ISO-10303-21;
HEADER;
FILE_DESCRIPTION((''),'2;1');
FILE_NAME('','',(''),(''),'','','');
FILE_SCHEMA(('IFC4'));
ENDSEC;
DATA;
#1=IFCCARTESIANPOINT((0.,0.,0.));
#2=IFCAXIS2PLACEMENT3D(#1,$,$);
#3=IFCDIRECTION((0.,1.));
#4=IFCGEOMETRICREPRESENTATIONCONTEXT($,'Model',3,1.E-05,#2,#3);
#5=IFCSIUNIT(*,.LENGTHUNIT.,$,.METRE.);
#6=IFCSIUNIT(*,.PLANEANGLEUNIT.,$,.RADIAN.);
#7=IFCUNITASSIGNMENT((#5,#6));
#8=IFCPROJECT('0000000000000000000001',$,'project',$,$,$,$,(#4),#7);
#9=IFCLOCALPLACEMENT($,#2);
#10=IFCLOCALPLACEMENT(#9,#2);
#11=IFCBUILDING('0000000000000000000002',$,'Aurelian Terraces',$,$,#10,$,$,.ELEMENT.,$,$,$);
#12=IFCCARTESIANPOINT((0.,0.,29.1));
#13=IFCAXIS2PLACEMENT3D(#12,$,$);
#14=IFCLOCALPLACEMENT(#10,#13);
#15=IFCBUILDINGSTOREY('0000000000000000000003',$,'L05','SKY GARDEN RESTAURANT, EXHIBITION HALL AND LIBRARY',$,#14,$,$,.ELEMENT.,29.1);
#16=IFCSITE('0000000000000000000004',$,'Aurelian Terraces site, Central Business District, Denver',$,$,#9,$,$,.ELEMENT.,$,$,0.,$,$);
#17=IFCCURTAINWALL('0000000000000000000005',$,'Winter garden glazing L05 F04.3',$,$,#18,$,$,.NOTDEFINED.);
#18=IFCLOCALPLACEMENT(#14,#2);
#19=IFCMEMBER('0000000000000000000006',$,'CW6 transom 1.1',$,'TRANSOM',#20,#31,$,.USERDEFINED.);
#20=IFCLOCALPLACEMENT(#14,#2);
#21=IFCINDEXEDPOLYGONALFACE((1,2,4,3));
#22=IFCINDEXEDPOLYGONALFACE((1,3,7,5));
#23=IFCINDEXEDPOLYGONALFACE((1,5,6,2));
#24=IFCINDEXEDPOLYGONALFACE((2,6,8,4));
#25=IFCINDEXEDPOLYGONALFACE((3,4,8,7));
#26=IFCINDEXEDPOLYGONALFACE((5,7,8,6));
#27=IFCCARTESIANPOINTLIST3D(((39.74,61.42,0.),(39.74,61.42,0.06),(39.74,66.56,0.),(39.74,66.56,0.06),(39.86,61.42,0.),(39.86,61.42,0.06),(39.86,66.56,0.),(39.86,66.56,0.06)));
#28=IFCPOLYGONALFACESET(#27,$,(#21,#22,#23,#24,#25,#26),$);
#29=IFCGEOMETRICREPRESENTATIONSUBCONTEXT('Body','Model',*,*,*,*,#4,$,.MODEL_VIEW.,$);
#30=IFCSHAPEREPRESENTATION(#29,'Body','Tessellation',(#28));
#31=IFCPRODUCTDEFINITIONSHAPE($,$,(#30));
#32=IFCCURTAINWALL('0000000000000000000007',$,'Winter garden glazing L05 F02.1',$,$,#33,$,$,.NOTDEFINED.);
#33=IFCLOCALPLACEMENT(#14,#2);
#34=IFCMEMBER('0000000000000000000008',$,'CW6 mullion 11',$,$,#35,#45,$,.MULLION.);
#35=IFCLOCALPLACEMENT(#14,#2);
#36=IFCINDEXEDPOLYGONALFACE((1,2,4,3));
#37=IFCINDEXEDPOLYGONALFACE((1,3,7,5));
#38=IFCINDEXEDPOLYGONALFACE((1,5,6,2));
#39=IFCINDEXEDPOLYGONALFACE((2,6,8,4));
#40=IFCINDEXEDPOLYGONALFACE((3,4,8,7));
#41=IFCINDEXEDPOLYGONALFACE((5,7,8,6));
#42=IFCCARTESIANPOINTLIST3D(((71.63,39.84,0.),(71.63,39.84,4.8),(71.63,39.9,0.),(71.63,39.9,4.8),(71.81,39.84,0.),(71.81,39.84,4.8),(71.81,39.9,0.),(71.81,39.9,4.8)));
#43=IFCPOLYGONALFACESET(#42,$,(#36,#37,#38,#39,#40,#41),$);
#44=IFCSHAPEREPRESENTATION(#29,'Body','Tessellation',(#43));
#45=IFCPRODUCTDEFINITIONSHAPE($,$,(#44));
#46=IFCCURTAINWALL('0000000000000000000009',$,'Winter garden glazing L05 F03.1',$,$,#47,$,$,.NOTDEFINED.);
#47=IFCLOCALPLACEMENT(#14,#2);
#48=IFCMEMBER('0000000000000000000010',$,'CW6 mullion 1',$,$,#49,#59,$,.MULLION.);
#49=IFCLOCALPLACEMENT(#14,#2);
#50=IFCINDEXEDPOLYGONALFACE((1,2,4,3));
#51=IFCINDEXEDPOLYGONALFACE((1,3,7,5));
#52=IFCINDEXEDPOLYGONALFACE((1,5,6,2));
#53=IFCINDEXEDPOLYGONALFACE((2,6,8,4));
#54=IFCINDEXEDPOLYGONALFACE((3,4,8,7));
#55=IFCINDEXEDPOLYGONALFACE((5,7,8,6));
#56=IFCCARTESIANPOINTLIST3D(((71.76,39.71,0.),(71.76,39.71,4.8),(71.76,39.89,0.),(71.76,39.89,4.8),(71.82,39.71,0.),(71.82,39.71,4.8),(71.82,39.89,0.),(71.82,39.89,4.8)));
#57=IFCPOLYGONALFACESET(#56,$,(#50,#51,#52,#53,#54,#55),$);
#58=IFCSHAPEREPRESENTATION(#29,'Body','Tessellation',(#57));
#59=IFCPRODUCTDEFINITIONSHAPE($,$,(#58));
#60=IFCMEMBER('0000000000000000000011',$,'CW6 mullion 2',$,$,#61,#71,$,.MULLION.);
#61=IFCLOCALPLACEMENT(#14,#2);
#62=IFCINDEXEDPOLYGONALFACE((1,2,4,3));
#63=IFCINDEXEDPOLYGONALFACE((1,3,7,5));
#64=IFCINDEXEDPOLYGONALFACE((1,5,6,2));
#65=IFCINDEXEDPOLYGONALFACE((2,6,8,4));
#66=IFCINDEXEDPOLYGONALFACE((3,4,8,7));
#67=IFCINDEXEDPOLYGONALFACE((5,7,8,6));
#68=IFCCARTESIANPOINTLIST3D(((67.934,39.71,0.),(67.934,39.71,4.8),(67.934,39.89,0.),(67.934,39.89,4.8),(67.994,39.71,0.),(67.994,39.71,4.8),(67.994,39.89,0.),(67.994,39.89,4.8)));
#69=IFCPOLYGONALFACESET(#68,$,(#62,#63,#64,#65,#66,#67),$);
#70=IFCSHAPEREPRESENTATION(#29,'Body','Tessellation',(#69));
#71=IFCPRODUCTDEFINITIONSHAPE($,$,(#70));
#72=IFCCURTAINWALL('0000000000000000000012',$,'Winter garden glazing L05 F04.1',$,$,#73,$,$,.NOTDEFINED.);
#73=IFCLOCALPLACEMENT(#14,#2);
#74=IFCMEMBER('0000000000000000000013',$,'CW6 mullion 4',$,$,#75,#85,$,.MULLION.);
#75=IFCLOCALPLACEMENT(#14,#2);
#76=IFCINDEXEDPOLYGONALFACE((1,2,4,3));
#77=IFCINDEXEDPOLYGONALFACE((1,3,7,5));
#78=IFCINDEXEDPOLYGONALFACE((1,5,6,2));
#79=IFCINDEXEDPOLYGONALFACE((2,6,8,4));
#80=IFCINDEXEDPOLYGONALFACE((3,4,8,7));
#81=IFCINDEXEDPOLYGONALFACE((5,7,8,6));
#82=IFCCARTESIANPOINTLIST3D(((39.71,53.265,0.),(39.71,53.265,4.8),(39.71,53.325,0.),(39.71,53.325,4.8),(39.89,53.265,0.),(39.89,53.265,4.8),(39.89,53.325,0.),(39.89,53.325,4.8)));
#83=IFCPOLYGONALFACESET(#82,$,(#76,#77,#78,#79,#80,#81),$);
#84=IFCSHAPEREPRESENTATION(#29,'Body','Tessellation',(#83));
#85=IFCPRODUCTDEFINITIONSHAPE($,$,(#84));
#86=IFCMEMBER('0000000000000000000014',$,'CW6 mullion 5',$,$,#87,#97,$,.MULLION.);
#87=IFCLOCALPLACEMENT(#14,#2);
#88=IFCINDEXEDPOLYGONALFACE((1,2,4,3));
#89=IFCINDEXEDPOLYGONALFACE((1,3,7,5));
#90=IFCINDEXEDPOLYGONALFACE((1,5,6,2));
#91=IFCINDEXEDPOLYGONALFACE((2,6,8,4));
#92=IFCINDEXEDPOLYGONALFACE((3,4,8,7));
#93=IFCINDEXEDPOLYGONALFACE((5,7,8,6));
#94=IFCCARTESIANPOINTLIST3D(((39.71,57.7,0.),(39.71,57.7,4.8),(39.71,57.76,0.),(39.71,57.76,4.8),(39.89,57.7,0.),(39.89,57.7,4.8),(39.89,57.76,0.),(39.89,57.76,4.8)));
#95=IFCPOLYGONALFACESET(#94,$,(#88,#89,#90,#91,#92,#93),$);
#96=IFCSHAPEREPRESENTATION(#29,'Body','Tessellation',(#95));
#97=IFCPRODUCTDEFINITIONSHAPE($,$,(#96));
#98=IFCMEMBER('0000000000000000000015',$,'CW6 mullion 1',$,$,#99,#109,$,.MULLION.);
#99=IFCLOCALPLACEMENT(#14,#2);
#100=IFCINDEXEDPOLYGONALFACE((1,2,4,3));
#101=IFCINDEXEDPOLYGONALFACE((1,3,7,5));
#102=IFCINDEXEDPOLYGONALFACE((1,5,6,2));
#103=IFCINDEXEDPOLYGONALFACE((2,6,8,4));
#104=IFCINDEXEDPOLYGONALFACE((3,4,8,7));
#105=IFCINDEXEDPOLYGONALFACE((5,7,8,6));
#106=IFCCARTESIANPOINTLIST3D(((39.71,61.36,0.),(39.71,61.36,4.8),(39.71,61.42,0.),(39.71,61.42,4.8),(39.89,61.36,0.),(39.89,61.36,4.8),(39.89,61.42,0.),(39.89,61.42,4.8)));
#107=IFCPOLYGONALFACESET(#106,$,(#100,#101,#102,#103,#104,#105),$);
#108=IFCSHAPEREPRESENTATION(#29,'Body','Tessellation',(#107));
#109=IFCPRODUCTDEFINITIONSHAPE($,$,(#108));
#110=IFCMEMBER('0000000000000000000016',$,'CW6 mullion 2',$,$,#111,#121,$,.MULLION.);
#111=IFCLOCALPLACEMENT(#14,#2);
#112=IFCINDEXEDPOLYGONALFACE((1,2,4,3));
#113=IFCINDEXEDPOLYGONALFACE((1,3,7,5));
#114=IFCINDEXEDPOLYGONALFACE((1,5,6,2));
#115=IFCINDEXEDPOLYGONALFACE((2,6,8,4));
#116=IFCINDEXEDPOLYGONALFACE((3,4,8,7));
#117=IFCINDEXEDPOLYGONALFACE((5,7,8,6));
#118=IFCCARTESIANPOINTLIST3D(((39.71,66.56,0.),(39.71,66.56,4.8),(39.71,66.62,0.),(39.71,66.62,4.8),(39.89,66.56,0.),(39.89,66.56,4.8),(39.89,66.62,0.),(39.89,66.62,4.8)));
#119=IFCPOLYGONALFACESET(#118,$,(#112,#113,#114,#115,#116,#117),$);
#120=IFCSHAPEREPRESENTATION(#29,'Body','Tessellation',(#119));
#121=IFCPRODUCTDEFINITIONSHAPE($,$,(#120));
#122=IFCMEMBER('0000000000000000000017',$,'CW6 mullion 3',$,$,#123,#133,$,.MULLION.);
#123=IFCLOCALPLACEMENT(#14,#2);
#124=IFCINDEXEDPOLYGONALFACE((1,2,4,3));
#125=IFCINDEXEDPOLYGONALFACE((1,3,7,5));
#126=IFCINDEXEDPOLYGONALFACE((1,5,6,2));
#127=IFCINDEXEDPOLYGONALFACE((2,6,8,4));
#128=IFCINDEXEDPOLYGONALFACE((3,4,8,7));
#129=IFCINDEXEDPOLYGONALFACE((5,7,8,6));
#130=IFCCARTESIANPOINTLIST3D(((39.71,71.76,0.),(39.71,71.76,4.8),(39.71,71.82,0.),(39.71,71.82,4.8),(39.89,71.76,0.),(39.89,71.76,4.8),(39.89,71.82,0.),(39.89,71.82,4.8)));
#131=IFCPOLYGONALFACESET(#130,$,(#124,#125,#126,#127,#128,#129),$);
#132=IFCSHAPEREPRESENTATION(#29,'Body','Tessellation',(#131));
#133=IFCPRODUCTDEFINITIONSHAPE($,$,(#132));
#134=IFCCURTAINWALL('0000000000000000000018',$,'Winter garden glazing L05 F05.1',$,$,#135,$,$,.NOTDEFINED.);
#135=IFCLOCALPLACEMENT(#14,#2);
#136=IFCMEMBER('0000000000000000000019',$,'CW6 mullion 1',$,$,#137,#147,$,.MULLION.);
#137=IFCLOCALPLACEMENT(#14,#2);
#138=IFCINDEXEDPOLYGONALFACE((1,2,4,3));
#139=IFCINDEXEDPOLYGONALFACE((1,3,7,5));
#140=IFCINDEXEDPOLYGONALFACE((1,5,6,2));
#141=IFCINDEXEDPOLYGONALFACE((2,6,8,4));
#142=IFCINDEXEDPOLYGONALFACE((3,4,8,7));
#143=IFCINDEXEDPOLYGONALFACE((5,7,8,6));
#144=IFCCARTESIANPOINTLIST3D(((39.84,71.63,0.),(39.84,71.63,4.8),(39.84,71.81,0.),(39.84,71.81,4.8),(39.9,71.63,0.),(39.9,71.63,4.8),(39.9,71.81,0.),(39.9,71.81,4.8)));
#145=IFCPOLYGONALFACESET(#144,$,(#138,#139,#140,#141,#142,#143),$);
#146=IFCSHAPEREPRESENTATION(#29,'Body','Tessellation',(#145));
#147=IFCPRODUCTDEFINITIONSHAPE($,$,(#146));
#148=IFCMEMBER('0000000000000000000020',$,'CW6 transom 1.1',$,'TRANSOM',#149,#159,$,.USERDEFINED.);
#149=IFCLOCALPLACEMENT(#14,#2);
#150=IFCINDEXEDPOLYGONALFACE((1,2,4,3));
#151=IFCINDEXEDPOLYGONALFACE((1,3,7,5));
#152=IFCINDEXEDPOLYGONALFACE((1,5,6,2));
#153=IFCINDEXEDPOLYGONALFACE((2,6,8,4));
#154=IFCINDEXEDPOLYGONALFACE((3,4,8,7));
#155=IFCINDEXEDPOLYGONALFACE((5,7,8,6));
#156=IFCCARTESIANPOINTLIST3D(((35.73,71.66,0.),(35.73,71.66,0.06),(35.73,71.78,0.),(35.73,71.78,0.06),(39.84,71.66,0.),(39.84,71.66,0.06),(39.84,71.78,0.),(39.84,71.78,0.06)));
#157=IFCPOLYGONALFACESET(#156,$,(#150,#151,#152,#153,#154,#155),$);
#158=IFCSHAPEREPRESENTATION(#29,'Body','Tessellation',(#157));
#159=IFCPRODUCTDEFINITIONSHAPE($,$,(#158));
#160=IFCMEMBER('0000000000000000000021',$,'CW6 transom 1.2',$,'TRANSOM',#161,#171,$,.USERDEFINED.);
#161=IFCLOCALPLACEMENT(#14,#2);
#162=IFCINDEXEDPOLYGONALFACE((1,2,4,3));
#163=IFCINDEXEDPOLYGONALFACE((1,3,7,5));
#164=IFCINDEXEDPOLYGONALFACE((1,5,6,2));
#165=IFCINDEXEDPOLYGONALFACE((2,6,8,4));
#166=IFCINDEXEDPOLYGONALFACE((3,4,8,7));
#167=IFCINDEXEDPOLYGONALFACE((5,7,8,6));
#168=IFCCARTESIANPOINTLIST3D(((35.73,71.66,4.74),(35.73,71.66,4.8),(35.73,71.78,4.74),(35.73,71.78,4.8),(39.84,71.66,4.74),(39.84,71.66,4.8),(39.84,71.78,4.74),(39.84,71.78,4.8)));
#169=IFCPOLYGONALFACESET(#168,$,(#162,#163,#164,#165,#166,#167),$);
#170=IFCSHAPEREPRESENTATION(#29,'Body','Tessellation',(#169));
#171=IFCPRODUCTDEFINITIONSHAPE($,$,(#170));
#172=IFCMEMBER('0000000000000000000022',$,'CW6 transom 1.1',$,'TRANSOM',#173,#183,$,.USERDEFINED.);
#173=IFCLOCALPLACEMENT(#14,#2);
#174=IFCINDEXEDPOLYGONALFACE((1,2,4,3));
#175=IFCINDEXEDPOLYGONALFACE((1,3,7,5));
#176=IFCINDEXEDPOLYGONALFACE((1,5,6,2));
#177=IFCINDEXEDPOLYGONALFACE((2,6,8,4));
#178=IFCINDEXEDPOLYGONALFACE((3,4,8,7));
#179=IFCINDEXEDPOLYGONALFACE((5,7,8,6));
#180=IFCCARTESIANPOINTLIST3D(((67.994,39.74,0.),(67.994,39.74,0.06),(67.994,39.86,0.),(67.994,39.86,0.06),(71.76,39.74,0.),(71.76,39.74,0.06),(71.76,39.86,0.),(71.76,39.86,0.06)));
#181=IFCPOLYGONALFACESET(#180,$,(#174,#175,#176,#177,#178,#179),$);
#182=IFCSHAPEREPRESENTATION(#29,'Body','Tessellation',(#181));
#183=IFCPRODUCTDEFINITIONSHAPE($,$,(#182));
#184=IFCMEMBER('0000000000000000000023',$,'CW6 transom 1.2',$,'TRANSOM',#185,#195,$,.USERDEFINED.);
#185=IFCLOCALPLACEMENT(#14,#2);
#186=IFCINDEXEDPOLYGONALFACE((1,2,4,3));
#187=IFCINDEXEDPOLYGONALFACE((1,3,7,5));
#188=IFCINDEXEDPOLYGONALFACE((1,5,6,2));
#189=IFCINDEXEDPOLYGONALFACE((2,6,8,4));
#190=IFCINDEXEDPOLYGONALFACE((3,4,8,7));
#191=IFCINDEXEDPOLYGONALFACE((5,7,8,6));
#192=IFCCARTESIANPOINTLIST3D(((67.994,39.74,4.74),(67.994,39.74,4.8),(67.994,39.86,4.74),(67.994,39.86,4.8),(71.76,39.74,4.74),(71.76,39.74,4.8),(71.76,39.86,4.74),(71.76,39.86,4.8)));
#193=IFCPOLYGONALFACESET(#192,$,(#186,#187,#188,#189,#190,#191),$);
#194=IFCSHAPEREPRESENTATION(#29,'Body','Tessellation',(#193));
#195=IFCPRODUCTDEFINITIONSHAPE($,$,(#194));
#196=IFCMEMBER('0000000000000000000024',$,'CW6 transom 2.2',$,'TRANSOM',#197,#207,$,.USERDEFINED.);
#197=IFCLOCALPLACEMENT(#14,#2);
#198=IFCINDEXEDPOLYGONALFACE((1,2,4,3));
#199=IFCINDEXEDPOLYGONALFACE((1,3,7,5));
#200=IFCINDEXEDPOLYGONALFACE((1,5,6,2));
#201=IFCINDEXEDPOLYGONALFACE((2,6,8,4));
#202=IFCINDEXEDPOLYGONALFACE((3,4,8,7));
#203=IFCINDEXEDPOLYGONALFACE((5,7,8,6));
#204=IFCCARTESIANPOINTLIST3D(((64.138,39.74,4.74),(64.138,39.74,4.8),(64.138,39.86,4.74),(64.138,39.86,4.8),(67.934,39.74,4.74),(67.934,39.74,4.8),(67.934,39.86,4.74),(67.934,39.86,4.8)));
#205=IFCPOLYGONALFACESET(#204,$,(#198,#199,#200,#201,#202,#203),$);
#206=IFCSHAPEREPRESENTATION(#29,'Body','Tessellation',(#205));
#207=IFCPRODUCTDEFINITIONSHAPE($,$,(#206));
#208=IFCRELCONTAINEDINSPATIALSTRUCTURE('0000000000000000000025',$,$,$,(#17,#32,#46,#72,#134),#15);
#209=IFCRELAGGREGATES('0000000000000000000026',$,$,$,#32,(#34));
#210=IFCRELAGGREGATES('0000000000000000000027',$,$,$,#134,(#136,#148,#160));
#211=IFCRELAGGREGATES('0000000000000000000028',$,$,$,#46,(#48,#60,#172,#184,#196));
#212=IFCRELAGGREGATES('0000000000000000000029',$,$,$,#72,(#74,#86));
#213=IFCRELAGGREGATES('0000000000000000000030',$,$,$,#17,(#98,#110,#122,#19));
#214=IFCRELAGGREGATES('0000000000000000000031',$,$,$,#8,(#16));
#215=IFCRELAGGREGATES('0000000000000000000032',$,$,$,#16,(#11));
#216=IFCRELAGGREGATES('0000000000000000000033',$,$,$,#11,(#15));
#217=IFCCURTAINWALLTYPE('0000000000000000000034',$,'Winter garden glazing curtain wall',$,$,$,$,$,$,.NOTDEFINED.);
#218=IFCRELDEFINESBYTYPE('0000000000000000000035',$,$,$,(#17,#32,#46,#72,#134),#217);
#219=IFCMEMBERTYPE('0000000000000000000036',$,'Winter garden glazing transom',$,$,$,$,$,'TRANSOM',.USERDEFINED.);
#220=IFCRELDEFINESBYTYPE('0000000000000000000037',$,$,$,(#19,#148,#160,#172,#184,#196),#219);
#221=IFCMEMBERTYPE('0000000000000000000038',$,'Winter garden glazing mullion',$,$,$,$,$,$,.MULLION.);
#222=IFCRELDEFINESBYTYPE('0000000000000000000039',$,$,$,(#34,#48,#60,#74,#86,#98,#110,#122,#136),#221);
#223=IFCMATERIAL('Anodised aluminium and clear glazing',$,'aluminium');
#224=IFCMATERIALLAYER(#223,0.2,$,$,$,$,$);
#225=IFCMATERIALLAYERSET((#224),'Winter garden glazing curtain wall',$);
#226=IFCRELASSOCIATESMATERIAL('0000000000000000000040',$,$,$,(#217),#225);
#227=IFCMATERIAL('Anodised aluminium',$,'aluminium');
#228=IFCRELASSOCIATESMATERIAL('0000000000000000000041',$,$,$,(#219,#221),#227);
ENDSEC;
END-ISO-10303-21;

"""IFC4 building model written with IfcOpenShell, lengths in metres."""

from ifc_helpers import new_model, si_unit, direction, frame, origin, origin_2d, place, context, subcontext, project, spatial, rectangle, extrude, source, transform, mapped, material, layer, layer_set, material_profile, profile_set, type_object, element, aggregate, save


model = new_model("IFC4")

# Units and contexts
model_context = context("Model", 3, precision=1e-05, world=origin(), true_north=direction((0.0, 1.0)))
body_context = subcontext(model_context, "Body", "Model", "MODEL_VIEW")
ifc_project = project(units=[si_unit("LENGTHUNIT", "METRE"), si_unit("PLANEANGLEUNIT", "RADIAN")], contexts=[model_context])

# Site, building, storey
site_placement = place(None, origin())
site = spatial("IfcSite", under=ifc_project, at=site_placement, Name="Aurelian Terraces site, Central Business District, Denver", CompositionType="ELEMENT", RefElevation=0.0)
building_placement = place(site_placement, origin())
building = spatial("IfcBuilding", under=site, at=building_placement, Name="Aurelian Terraces", CompositionType="ELEMENT")
storey_placement = place(building_placement, frame((0.0, 0.0, 29.1)))
storey = spatial("IfcBuildingStorey", under=building, at=storey_placement, Name="L05", Description="SKY GARDEN RESTAURANT, EXHIBITION HALL AND LIBRARY", CompositionType="ELEMENT", Elevation=29.1)

# Curtain walls, members
ifc_material_1 = material(Name="Anodised aluminium and clear glazing", Category="aluminium")
ifc_layer_1 = layer(ifc_material_1, 0.2)
ifc_layer_set_1 = layer_set([ifc_layer_1], Name="Winter garden glazing curtain wall")
curtain_wall_type = type_object("IfcCurtainWallType", Name="Winter garden glazing curtain wall", PredefinedType="NOTDEFINED", material=ifc_layer_set_1)
curtain_wall_1_placement = place(storey_placement, origin())
curtain_wall_1 = element("IfcCurtainWall", 1, at=curtain_wall_1_placement, inside=storey, type_object=curtain_wall_type, Name="Winter garden glazing L05 F04.3", PredefinedType="NOTDEFINED")
ifc_material_2 = material(Name="Anodised aluminium", Category="aluminium")
ifc_material_profile_1 = material_profile(ifc_material_2, rectangle(XDim=0.12, YDim=0.06, at=origin_2d()))
ifc_profile_set_1 = profile_set([ifc_material_profile_1], Name="Anodised aluminium")
member_type_1 = type_object("IfcMemberType", Name="Winter garden glazing transom", ElementType="TRANSOM", PredefinedType="USERDEFINED", material=ifc_profile_set_1)
member_1_placement = place(storey_placement, frame((39.8, 61.42, 0.03), z_axis=(0.0, 1.0, 0.0), x_axis=(-1.0, 0.0, 0.0)))
member_1 = element("IfcMember", 2, at=member_1_placement, type_object=member_type_1, Name="CW6 transom 1.1", ObjectType="TRANSOM", PredefinedType="USERDEFINED", context=body_context, shape_type="SweptSolid", body=[
    extrude(rectangle(XDim=0.12, YDim=0.06, at=origin_2d()), origin(), (0.0, 0.0, 1.0), 5.14),
])
curtain_wall_2_placement = place(storey_placement, origin())
curtain_wall_2 = element("IfcCurtainWall", 3, at=curtain_wall_2_placement, inside=storey, type_object=curtain_wall_type, Name="Winter garden glazing L05 F02.1", PredefinedType="NOTDEFINED")
ifc_material_profile_2 = material_profile(ifc_material_2, rectangle(XDim=0.18, YDim=0.06, at=origin_2d()))
ifc_profile_set_2 = profile_set([ifc_material_profile_2], Name="Anodised aluminium")
member_type_2 = type_object("IfcMemberType", Name="Winter garden glazing mullion", PredefinedType="MULLION", material=ifc_profile_set_2)
shared_shape_1 = source(origin(), body_context, "Body", "SweptSolid", [
    extrude(rectangle(XDim=0.18, YDim=0.06, at=origin_2d()), origin(), (0.0, 0.0, 1.0), 4.8),
])
member_2_placement = place(storey_placement, frame((71.72, 39.87, 0.0), z_axis=(0.0, 0.0, 1.0), x_axis=(-1.0, 0.0, 0.0)))
member_2 = element("IfcMember", 4, at=member_2_placement, type_object=member_type_2, Name="CW6 mullion 11", PredefinedType="MULLION", context=body_context, shape_type="MappedRepresentation", body=[
    mapped(shared_shape_1, transform((0.0, 0.0, 0.0), scale=1.0)),
])
aggregate(curtain_wall_2, [member_2])

# Curtain walls, members
curtain_wall_3_placement = place(storey_placement, origin())
curtain_wall_3 = element("IfcCurtainWall", 5, at=curtain_wall_3_placement, inside=storey, type_object=curtain_wall_type, Name="Winter garden glazing L05 F03.1", PredefinedType="NOTDEFINED")
member_3_placement = place(storey_placement, frame((71.79, 39.8, 0.0), z_axis=(0.0, 0.0, 1.0), x_axis=(0.0, -1.0, 0.0)))
member_3 = element("IfcMember", 6, at=member_3_placement, type_object=member_type_2, Name="CW6 mullion 1", PredefinedType="MULLION", context=body_context, shape_type="MappedRepresentation", body=[
    mapped(shared_shape_1, transform((0.0, 0.0, 0.0), scale=1.0)),
])
member_4_placement = place(storey_placement, frame((67.964, 39.8, 0.0), z_axis=(0.0, 0.0, 1.0), x_axis=(0.0, -1.0, 0.0)))
member_4 = element("IfcMember", 7, at=member_4_placement, type_object=member_type_2, Name="CW6 mullion 2", PredefinedType="MULLION", context=body_context, shape_type="MappedRepresentation", body=[
    mapped(shared_shape_1, transform((0.0, 0.0, 0.0), scale=1.0)),
])
curtain_wall_4_placement = place(storey_placement, origin())
curtain_wall_4 = element("IfcCurtainWall", 8, at=curtain_wall_4_placement, inside=storey, type_object=curtain_wall_type, Name="Winter garden glazing L05 F04.1", PredefinedType="NOTDEFINED")
member_5_placement = place(storey_placement, frame((39.8, 53.295, 0.0), z_axis=(0.0, 0.0, 1.0), x_axis=(-1.0, 0.0, 0.0)))
member_5 = element("IfcMember", 9, at=member_5_placement, type_object=member_type_2, Name="CW6 mullion 4", PredefinedType="MULLION", context=body_context, shape_type="MappedRepresentation", body=[
    mapped(shared_shape_1, transform((0.0, 0.0, 0.0), scale=1.0)),
])
member_6_placement = place(storey_placement, frame((39.8, 57.73, 0.0), z_axis=(0.0, 0.0, 1.0), x_axis=(-1.0, 0.0, 0.0)))
member_6 = element("IfcMember", 10, at=member_6_placement, type_object=member_type_2, Name="CW6 mullion 5", PredefinedType="MULLION", context=body_context, shape_type="MappedRepresentation", body=[
    mapped(shared_shape_1, transform((0.0, 0.0, 0.0), scale=1.0)),
])

# Members
member_7_placement = place(storey_placement, frame((39.8, 61.39, 0.0), z_axis=(0.0, 0.0, 1.0), x_axis=(-1.0, 0.0, 0.0)))
member_7 = element("IfcMember", 11, at=member_7_placement, type_object=member_type_2, Name="CW6 mullion 1", PredefinedType="MULLION", context=body_context, shape_type="MappedRepresentation", body=[
    mapped(shared_shape_1, transform((0.0, 0.0, 0.0), scale=1.0)),
])
member_8_placement = place(storey_placement, frame((39.8, 66.59, 0.0), z_axis=(0.0, 0.0, 1.0), x_axis=(-1.0, 0.0, 0.0)))
member_8 = element("IfcMember", 12, at=member_8_placement, type_object=member_type_2, Name="CW6 mullion 2", PredefinedType="MULLION", context=body_context, shape_type="MappedRepresentation", body=[
    mapped(shared_shape_1, transform((0.0, 0.0, 0.0), scale=1.0)),
])
member_9_placement = place(storey_placement, frame((39.8, 71.79, 0.0), z_axis=(0.0, 0.0, 1.0), x_axis=(-1.0, 0.0, 0.0)))
member_9 = element("IfcMember", 13, at=member_9_placement, type_object=member_type_2, Name="CW6 mullion 3", PredefinedType="MULLION", context=body_context, shape_type="MappedRepresentation", body=[
    mapped(shared_shape_1, transform((0.0, 0.0, 0.0), scale=1.0)),
])

# Curtain wall, members
curtain_wall_5_placement = place(storey_placement, origin())
curtain_wall_5 = element("IfcCurtainWall", 14, at=curtain_wall_5_placement, inside=storey, type_object=curtain_wall_type, Name="Winter garden glazing L05 F05.1", PredefinedType="NOTDEFINED")
member_10_placement = place(storey_placement, frame((39.87, 71.72, 0.0), z_axis=(0.0, 0.0, 1.0), x_axis=(0.0, -1.0, 0.0)))
member_10 = element("IfcMember", 15, at=member_10_placement, type_object=member_type_2, Name="CW6 mullion 1", PredefinedType="MULLION", context=body_context, shape_type="MappedRepresentation", body=[
    mapped(shared_shape_1, transform((0.0, 0.0, 0.0), scale=1.0)),
])
shared_shape_2 = source(origin(), body_context, "Body", "SweptSolid", [
    extrude(rectangle(XDim=0.12, YDim=0.06, at=origin_2d()), origin(), (0.0, 0.0, 1.0), 4.11),
])
member_11_placement = place(storey_placement, frame((39.84, 71.72, 0.03), z_axis=(-1.0, 0.0, 0.0), x_axis=(0.0, -1.0, 0.0)))
member_11 = element("IfcMember", 16, at=member_11_placement, type_object=member_type_1, Name="CW6 transom 1.1", ObjectType="TRANSOM", PredefinedType="USERDEFINED", context=body_context, shape_type="MappedRepresentation", body=[
    mapped(shared_shape_2, transform((0.0, 0.0, 0.0), scale=1.0)),
])
member_12_placement = place(storey_placement, frame((39.84, 71.72, 4.77), z_axis=(-1.0, 0.0, 0.0), x_axis=(0.0, -1.0, 0.0)))
member_12 = element("IfcMember", 17, at=member_12_placement, type_object=member_type_1, Name="CW6 transom 1.2", ObjectType="TRANSOM", PredefinedType="USERDEFINED", context=body_context, shape_type="MappedRepresentation", body=[
    mapped(shared_shape_2, transform((0.0, 0.0, 0.0), scale=1.0)),
])
aggregate(curtain_wall_5, [member_10, member_11, member_12])

# Members
shared_shape_3 = source(origin(), body_context, "Body", "SweptSolid", [
    extrude(rectangle(XDim=0.12, YDim=0.06, at=origin_2d()), origin(), (0.0, 0.0, 1.0), 3.766),
])
member_13_placement = place(storey_placement, frame((71.76, 39.8, 0.03), z_axis=(-1.0, 0.0, 0.0), x_axis=(0.0, -1.0, 0.0)))
member_13 = element("IfcMember", 18, at=member_13_placement, type_object=member_type_1, Name="CW6 transom 1.1", ObjectType="TRANSOM", PredefinedType="USERDEFINED", context=body_context, shape_type="MappedRepresentation", body=[
    mapped(shared_shape_3, transform((0.0, 0.0, 0.0), scale=1.0)),
])
member_14_placement = place(storey_placement, frame((71.76, 39.8, 4.77), z_axis=(-1.0, 0.0, 0.0), x_axis=(0.0, -1.0, 0.0)))
member_14 = element("IfcMember", 19, at=member_14_placement, type_object=member_type_1, Name="CW6 transom 1.2", ObjectType="TRANSOM", PredefinedType="USERDEFINED", context=body_context, shape_type="MappedRepresentation", body=[
    mapped(shared_shape_3, transform((0.0, 0.0, 0.0), scale=1.0)),
])
shared_shape_4 = source(origin(), body_context, "Body", "SweptSolid", [
    extrude(rectangle(XDim=0.12, YDim=0.06, at=origin_2d()), origin(), (0.0, 0.0, 1.0), 3.796),
])
member_15_placement = place(storey_placement, frame((67.934, 39.8, 4.77), z_axis=(-1.0, 0.0, 0.0), x_axis=(0.0, -1.0, 0.0)))
member_15 = element("IfcMember", 20, at=member_15_placement, type_object=member_type_1, Name="CW6 transom 2.2", ObjectType="TRANSOM", PredefinedType="USERDEFINED", context=body_context, shape_type="MappedRepresentation", body=[
    mapped(shared_shape_4, transform((0.0, 0.0, 0.0), scale=1.0)),
])

aggregate(curtain_wall_3, [member_3, member_4, member_13, member_14, member_15])
aggregate(curtain_wall_4, [member_5, member_6])
aggregate(curtain_wall_1, [member_7, member_8, member_9, member_1])

save(model, "model.ifc")
